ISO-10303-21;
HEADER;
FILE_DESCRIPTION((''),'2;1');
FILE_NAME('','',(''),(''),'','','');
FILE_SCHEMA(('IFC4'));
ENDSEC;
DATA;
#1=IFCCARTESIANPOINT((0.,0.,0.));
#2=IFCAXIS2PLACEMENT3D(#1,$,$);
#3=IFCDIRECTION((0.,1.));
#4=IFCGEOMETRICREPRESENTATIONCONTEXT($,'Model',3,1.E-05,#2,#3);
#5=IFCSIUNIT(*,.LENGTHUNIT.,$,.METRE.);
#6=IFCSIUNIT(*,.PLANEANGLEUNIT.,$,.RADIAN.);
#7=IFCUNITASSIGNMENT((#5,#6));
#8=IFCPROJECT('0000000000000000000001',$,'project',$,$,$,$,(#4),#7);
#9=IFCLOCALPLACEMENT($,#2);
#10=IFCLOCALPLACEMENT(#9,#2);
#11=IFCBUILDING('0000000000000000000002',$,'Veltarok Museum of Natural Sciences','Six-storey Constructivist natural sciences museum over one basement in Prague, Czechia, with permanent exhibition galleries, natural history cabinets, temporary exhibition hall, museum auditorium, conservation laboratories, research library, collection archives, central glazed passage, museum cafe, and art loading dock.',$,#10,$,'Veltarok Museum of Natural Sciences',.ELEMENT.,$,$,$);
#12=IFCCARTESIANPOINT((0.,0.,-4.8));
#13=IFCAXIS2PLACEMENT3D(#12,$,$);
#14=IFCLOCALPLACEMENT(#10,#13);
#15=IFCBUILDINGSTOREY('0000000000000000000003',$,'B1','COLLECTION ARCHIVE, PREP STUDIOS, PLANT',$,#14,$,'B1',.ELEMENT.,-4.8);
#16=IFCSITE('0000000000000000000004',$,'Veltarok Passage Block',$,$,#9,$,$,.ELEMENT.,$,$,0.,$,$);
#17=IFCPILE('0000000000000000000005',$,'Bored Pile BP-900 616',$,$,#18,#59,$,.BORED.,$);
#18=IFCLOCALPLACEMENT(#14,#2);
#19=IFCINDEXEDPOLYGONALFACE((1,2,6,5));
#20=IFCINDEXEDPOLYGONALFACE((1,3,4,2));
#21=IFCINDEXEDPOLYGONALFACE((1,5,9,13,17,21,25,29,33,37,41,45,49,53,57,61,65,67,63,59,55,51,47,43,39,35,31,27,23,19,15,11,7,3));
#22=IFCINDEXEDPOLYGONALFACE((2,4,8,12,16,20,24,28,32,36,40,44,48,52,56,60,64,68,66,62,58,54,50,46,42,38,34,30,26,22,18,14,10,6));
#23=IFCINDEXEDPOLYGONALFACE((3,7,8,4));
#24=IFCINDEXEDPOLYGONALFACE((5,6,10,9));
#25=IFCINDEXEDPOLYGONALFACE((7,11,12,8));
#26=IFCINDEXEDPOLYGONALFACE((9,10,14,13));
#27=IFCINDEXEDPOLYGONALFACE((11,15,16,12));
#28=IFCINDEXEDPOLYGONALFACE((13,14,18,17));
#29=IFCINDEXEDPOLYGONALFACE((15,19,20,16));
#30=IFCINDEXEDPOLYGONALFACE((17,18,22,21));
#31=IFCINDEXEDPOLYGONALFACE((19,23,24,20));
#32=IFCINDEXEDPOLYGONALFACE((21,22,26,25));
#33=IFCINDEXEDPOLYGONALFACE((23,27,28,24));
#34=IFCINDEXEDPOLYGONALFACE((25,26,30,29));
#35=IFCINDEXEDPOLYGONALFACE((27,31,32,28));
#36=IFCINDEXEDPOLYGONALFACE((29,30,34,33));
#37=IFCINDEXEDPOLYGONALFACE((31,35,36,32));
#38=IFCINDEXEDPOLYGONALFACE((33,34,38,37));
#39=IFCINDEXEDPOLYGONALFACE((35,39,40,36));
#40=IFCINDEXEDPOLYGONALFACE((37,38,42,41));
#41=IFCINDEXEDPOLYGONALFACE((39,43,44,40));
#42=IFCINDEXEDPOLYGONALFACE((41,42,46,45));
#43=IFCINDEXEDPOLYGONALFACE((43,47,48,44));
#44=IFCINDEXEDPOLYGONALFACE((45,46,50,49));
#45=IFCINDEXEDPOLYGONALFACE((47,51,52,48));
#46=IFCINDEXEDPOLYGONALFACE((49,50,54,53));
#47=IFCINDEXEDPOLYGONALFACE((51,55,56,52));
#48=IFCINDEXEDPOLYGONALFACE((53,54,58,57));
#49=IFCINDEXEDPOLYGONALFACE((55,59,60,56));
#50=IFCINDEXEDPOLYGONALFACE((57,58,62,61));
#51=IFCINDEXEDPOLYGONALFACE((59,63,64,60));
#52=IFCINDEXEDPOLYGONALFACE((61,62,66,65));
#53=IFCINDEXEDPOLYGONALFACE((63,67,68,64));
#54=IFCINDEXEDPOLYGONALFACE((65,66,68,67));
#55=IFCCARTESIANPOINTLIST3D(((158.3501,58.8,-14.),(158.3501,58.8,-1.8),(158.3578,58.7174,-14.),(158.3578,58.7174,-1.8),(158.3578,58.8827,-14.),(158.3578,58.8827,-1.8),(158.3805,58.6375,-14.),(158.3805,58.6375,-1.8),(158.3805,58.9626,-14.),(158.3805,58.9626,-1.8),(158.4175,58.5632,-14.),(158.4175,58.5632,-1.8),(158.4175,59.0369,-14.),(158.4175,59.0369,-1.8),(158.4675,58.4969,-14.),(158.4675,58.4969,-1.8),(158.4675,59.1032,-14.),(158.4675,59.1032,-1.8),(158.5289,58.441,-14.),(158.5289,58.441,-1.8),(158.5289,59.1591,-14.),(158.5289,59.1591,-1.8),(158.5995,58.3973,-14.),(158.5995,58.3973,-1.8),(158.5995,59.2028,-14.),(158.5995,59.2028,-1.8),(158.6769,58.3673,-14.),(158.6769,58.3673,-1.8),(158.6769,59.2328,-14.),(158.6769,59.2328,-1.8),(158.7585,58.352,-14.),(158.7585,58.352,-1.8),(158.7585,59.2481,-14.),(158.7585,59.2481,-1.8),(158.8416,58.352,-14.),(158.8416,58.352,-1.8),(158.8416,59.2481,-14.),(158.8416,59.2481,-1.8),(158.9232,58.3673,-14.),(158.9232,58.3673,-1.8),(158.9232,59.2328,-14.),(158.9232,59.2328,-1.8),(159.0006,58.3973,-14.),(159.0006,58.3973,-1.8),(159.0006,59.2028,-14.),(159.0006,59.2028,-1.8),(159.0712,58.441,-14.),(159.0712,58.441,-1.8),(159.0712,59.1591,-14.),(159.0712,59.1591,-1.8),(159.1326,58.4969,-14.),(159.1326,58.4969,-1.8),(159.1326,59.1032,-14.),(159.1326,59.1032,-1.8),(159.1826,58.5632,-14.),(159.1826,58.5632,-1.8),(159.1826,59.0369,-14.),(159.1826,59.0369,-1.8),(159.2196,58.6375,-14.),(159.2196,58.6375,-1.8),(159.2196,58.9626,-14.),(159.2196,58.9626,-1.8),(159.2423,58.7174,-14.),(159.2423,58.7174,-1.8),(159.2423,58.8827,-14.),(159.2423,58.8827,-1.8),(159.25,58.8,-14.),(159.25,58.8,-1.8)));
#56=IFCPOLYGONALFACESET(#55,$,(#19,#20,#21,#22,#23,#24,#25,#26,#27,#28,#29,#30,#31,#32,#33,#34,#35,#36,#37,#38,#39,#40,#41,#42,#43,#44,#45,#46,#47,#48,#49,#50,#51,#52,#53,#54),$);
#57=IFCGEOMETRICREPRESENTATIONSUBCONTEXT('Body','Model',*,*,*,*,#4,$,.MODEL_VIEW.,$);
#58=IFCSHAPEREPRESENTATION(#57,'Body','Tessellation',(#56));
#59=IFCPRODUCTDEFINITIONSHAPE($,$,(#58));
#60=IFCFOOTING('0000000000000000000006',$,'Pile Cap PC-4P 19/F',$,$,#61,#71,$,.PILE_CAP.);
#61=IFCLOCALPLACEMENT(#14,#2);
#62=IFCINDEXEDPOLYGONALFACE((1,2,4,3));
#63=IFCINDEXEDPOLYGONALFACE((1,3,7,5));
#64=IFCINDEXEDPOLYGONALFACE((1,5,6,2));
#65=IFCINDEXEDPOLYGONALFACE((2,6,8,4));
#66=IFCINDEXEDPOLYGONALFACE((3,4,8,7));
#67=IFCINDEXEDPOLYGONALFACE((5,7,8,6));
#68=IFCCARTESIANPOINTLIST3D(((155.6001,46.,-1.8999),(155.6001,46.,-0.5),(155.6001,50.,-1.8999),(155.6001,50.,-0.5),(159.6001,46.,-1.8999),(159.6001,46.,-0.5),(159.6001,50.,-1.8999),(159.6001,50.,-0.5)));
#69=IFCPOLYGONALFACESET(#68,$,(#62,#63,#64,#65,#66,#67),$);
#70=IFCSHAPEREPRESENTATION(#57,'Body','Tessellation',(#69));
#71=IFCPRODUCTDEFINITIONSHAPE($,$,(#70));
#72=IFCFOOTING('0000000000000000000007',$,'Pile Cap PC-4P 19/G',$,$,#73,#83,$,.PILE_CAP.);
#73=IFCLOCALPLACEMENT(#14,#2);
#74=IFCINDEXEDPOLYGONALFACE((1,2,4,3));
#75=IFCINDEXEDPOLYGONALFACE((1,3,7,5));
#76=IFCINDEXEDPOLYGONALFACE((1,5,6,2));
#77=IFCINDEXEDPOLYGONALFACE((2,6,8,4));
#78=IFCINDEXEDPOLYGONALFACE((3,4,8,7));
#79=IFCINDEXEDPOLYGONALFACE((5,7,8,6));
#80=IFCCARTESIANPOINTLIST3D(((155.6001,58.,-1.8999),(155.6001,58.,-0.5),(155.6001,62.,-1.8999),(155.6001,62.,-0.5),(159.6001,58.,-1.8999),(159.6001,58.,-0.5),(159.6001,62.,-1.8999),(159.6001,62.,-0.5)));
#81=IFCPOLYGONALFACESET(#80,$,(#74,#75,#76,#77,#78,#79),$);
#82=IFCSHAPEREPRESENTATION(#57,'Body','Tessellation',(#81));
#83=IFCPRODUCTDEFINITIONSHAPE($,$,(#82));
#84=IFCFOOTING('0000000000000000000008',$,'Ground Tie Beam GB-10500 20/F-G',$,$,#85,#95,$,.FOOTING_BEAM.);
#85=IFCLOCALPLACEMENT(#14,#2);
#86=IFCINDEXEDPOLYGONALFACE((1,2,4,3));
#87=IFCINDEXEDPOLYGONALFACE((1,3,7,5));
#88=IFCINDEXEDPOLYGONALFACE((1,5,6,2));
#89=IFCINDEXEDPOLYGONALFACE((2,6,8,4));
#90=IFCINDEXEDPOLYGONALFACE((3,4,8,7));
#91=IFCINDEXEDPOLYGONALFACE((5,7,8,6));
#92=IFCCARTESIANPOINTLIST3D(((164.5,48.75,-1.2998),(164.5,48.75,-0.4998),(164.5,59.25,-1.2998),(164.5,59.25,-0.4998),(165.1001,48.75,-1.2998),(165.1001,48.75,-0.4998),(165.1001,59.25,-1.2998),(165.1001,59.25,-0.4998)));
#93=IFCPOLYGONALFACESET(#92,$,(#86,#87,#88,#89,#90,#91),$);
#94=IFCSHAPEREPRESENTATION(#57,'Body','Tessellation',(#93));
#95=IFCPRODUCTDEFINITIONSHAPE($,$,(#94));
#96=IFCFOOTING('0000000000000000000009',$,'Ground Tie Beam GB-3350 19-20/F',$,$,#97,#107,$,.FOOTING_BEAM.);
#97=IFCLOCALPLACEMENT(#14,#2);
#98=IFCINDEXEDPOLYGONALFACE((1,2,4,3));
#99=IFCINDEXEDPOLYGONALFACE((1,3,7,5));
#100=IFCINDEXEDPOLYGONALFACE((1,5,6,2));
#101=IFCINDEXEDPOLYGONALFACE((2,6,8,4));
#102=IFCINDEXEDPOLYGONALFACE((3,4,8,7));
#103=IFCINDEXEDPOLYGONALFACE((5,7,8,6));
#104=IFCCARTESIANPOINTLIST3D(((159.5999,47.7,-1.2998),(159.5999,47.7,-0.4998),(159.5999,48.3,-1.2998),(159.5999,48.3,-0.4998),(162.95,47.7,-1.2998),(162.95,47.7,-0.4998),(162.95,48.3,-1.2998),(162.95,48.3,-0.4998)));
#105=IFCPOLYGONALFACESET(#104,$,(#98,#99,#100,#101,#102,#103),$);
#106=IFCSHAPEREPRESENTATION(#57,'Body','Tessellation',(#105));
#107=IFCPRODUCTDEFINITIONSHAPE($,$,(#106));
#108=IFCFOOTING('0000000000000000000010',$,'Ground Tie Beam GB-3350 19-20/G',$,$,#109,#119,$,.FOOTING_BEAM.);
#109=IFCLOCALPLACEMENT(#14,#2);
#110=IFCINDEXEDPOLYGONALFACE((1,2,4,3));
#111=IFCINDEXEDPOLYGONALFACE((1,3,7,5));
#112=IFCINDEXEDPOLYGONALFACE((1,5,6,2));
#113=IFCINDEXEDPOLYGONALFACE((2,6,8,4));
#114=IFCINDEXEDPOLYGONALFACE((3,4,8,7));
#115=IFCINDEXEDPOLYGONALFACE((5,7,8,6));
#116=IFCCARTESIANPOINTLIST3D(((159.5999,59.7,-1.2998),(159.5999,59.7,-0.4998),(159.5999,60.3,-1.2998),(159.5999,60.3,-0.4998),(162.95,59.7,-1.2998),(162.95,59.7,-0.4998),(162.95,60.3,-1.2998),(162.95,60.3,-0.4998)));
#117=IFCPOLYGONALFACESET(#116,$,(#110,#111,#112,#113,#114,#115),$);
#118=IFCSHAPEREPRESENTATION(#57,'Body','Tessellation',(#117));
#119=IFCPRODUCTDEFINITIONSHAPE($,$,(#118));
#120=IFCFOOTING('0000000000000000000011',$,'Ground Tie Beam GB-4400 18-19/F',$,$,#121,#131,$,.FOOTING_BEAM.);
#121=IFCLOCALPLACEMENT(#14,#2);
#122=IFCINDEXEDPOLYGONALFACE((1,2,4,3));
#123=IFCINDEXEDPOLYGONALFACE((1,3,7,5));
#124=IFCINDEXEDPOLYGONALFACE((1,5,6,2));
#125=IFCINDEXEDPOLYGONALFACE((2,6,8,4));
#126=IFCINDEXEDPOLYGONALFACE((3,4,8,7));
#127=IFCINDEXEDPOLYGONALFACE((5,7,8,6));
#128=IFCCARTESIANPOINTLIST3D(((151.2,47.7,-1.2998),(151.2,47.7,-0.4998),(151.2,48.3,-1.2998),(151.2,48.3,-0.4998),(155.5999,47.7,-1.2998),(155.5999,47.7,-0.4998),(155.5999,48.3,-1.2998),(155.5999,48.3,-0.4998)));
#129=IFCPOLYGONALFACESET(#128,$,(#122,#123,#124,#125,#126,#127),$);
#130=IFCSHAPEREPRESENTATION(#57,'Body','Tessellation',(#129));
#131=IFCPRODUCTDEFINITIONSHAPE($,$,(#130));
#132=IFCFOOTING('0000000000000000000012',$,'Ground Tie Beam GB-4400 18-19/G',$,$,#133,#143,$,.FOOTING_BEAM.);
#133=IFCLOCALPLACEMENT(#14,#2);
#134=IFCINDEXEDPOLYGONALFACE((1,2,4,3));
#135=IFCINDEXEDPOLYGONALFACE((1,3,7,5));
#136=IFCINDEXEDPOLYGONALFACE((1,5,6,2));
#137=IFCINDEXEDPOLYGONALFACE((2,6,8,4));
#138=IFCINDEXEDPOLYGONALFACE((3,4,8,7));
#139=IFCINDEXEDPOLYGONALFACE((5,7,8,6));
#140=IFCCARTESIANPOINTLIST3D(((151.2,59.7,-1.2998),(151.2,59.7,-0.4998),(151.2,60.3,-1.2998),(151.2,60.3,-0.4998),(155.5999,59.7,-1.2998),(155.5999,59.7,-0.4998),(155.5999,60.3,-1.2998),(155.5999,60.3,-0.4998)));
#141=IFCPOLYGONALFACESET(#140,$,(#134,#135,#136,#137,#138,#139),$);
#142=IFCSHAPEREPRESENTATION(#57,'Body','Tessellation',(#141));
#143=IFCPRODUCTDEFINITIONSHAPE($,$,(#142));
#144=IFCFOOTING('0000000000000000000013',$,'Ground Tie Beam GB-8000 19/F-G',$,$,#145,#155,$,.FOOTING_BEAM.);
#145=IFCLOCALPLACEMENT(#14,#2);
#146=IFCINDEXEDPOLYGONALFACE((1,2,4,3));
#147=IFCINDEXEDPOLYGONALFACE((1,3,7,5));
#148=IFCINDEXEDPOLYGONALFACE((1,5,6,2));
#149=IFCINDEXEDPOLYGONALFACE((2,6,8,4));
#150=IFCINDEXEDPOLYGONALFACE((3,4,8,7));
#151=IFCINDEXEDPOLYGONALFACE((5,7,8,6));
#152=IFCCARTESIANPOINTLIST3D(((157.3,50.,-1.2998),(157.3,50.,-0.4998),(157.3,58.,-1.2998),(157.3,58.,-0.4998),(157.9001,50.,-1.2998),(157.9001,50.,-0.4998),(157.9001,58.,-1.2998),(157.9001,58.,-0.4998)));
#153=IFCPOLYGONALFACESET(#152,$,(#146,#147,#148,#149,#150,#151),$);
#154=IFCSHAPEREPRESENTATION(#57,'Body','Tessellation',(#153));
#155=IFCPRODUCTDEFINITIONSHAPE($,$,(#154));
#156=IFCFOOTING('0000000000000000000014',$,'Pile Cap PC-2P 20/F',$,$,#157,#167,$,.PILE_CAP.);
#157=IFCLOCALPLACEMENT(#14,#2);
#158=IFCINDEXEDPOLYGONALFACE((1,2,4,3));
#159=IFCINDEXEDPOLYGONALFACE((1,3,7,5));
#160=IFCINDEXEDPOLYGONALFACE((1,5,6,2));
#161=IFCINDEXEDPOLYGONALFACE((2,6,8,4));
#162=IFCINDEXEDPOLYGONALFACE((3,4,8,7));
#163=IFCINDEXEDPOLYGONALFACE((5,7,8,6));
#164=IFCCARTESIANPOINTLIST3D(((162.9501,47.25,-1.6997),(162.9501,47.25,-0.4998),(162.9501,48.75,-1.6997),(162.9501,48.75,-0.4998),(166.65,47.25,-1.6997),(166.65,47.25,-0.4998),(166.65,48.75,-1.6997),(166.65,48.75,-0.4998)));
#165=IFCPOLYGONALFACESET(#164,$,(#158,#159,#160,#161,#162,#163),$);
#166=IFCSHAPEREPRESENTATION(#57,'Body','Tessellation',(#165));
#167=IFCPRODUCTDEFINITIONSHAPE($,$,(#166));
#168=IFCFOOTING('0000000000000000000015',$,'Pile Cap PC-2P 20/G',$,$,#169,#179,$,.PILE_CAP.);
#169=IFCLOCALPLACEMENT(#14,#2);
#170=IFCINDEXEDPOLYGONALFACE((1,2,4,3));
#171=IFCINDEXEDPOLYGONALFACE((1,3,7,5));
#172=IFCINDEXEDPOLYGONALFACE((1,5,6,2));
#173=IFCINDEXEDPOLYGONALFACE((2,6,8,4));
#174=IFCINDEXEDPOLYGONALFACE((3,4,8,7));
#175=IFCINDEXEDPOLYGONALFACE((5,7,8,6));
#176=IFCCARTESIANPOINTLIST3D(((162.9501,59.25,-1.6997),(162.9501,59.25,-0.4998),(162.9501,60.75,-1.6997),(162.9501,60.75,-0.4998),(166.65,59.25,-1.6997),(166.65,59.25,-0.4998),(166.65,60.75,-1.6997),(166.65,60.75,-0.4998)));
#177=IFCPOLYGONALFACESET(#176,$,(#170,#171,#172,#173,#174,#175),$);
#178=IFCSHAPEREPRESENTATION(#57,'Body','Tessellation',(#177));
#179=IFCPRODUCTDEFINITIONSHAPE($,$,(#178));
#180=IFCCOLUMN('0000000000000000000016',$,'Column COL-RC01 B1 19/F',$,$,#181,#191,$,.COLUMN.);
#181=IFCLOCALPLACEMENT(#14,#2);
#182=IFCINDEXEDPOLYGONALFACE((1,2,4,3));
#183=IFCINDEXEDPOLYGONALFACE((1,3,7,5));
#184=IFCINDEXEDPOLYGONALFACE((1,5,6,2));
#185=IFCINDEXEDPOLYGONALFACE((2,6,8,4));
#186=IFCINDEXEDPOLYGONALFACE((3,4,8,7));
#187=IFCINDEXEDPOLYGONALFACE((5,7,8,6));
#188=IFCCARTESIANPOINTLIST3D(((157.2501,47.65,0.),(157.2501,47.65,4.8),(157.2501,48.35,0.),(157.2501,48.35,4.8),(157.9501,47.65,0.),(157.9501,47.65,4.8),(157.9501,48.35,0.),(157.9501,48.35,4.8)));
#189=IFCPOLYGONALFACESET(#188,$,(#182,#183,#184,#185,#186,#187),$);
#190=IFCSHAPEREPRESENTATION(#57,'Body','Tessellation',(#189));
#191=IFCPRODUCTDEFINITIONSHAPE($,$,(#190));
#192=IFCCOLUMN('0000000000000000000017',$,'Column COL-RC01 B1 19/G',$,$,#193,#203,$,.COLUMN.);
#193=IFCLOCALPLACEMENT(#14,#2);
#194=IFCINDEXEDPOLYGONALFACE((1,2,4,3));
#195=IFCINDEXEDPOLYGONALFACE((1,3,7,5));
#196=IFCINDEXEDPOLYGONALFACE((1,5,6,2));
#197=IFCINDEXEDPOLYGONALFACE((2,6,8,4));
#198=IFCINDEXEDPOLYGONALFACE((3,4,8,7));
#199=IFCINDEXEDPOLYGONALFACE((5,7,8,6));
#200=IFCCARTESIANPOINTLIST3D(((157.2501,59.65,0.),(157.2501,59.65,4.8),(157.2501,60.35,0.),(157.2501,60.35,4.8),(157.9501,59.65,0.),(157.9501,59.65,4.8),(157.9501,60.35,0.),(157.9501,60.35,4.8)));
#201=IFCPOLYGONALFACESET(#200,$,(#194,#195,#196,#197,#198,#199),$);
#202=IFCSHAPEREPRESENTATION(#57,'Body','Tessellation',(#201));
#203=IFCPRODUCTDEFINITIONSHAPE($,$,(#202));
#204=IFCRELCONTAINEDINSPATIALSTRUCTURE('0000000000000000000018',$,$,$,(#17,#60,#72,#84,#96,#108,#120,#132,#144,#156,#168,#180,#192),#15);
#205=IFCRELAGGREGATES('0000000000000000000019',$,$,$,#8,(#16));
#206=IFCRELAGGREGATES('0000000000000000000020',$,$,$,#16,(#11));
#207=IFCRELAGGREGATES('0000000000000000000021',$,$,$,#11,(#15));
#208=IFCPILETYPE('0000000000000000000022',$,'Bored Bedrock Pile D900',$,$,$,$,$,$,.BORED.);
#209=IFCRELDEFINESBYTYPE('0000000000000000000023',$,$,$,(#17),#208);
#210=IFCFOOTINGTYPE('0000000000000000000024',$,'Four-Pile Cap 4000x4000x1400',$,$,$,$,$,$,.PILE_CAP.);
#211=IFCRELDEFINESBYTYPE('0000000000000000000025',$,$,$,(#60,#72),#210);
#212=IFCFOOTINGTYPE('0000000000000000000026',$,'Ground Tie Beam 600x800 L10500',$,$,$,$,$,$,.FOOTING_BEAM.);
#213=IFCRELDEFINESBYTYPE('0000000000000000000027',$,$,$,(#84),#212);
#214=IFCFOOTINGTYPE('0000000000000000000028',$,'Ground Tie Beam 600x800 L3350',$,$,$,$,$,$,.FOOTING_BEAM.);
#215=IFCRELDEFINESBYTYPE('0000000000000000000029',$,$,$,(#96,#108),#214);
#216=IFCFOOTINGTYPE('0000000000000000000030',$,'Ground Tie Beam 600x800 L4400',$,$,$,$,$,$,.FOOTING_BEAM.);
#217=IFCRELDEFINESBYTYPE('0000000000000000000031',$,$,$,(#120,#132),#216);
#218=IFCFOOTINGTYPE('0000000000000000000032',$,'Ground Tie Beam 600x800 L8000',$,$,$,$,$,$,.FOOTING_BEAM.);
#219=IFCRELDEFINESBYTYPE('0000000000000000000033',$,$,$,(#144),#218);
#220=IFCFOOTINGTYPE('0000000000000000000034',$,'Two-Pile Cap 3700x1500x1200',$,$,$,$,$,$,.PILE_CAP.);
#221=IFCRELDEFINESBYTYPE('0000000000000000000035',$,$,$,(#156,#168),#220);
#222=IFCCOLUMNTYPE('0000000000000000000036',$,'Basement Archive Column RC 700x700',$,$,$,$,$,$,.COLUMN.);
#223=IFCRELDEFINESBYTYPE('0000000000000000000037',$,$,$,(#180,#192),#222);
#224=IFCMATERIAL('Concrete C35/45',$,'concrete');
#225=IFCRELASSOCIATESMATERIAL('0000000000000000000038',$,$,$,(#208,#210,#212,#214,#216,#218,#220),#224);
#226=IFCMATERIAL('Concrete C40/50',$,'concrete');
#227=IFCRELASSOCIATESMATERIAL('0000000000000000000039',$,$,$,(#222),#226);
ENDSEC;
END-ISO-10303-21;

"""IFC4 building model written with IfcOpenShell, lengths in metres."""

from ifc_helpers import new_model, si_unit, direction, frame, origin, origin_2d, place, context, subcontext, project, spatial, rectangle, circle, extrude, material, material_profile, profile_set, type_object, element, save


model = new_model("IFC4")

# Units and contexts
model_context = context("Model", 3, precision=1e-05, world=origin(), true_north=direction((0.0, 1.0)))
body_context = subcontext(model_context, "Body", "Model", "MODEL_VIEW")
ifc_project = project(units=[si_unit("LENGTHUNIT", "METRE"), si_unit("PLANEANGLEUNIT", "RADIAN")], contexts=[model_context])

# Site, building, storey
site_placement = place(None, origin())
site = spatial("IfcSite", under=ifc_project, at=site_placement, Name="Veltarok Passage Block", CompositionType="ELEMENT", RefElevation=0.0)
building_placement = place(site_placement, origin())
building = spatial("IfcBuilding", under=site, at=building_placement, Name="Veltarok Museum of Natural Sciences", Description="Six-storey Constructivist natural sciences museum over one basement in Prague, Czechia, with permanent exhibition galleries, natural history cabinets, temporary exhibition hall, museum auditorium, conservation laboratories, research library, collection archives, central glazed passage, museum cafe, and art loading dock.", LongName="Veltarok Museum of Natural Sciences", CompositionType="ELEMENT")
storey_placement = place(building_placement, frame((0.0, 0.0, -4.8)))
storey = spatial("IfcBuildingStorey", under=building, at=storey_placement, Name="B1", Description="COLLECTION ARCHIVE, PREP STUDIOS, PLANT", LongName="B1", CompositionType="ELEMENT", Elevation=-4.8)

# Pile
ifc_material_1 = material(Name="Concrete C35/45", Category="concrete")
ifc_material_profile_1 = material_profile(ifc_material_1, circle(Radius=0.45, at=origin_2d()), Name="BP D900")
ifc_profile_set_1 = profile_set([ifc_material_profile_1], Name="Concrete C35/45")
pile_type_1 = type_object("IfcPileType", Name="Bored Bedrock Pile D900", PredefinedType="BORED", material=ifc_profile_set_1)
for number, where, z_axis, x_axis, name in (
    (1, (158.8, 58.8, -1.8), (0.0, 0.0, -1.0), (1.0, 0.0, 0.0), "Bored Pile BP-900 616"),
):
    element("IfcPile", number, at=place(storey_placement, frame(where, z_axis=z_axis, x_axis=x_axis)), inside=storey, type_object=pile_type_1, Name=name, PredefinedType="BORED", context=body_context, shape_type="SweptSolid", body=[
        extrude(circle(Radius=0.45, at=origin_2d()), origin(), (0.0, 0.0, 1.0), 12.2),
    ])

# Footings
footing_type_1 = type_object("IfcFootingType", Name="Four-Pile Cap 4000x4000x1400", PredefinedType="PILE_CAP", material=ifc_material_1)
for number, where, z_axis, x_axis, name in (
    (2, (157.6001, 48.0, -1.8999), (0.0, 0.0, 1.0), (1.0, 0.0, 0.0), "Pile Cap PC-4P 19/F"),
    (3, (157.6001, 60.0, -1.8999), (0.0, 0.0, 1.0), (1.0, 0.0, 0.0), "Pile Cap PC-4P 19/G"),
):
    element("IfcFooting", number, at=place(storey_placement, frame(where, z_axis=z_axis, x_axis=x_axis)), inside=storey, type_object=footing_type_1, Name=name, PredefinedType="PILE_CAP", context=body_context, shape_type="SweptSolid", body=[
        extrude(rectangle(XDim=4.0, YDim=4.0, at=origin_2d()), origin(), (0.0, 0.0, 1.0), 1.3999),
    ])
footing_type_2 = type_object("IfcFootingType", Name="Ground Tie Beam 600x800 L10500", PredefinedType="FOOTING_BEAM", material=ifc_material_1)
footing_1_placement = place(storey_placement, frame((164.8, 54.0, -1.2998), z_axis=(0.0, 0.0, 1.0), x_axis=(0.0, 1.0, 0.0)))
element("IfcFooting", 4, at=footing_1_placement, inside=storey, type_object=footing_type_2, Name="Ground Tie Beam GB-10500 20/F-G", PredefinedType="FOOTING_BEAM", context=body_context, shape_type="SweptSolid", body=[
    extrude(rectangle(XDim=10.5, YDim=0.6001, at=origin_2d()), origin(), (0.0, 0.0, 1.0), 0.8),
])
footing_type_3 = type_object("IfcFootingType", Name="Ground Tie Beam 600x800 L3350", PredefinedType="FOOTING_BEAM", material=ifc_material_1)
for number, where, z_axis, x_axis, name in (
    (5, (161.2749, 48.0, -1.2998), (0.0, 0.0, 1.0), (1.0, 0.0, 0.0), "Ground Tie Beam GB-3350 19-20/F"),
    (6, (161.2749, 60.0, -1.2998), (0.0, 0.0, 1.0), (1.0, 0.0, 0.0), "Ground Tie Beam GB-3350 19-20/G"),
):
    element("IfcFooting", number, at=place(storey_placement, frame(where, z_axis=z_axis, x_axis=x_axis)), inside=storey, type_object=footing_type_3, Name=name, PredefinedType="FOOTING_BEAM", context=body_context, shape_type="SweptSolid", body=[
        extrude(rectangle(XDim=3.3501, YDim=0.6001, at=origin_2d()), origin(), (0.0, 0.0, 1.0), 0.8),
    ])
footing_type_4 = type_object("IfcFootingType", Name="Ground Tie Beam 600x800 L4400", PredefinedType="FOOTING_BEAM", material=ifc_material_1)
for number, where, z_axis, x_axis, name in (
    (7, (153.3999, 48.0, -1.2998), (0.0, 0.0, 1.0), (1.0, 0.0, 0.0), "Ground Tie Beam GB-4400 18-19/F"),
    (8, (153.3999, 60.0, -1.2998), (0.0, 0.0, 1.0), (1.0, 0.0, 0.0), "Ground Tie Beam GB-4400 18-19/G"),
):
    element("IfcFooting", number, at=place(storey_placement, frame(where, z_axis=z_axis, x_axis=x_axis)), inside=storey, type_object=footing_type_4, Name=name, PredefinedType="FOOTING_BEAM", context=body_context, shape_type="SweptSolid", body=[
        extrude(rectangle(XDim=4.3999, YDim=0.6001, at=origin_2d()), origin(), (0.0, 0.0, 1.0), 0.8),
    ])
footing_type_5 = type_object("IfcFootingType", Name="Ground Tie Beam 600x800 L8000", PredefinedType="FOOTING_BEAM", material=ifc_material_1)
footing_2_placement = place(storey_placement, frame((157.6001, 54.0, -1.2998), z_axis=(0.0, 0.0, 1.0), x_axis=(0.0, 1.0, 0.0)))
element("IfcFooting", 9, at=footing_2_placement, inside=storey, type_object=footing_type_5, Name="Ground Tie Beam GB-8000 19/F-G", PredefinedType="FOOTING_BEAM", context=body_context, shape_type="SweptSolid", body=[
    extrude(rectangle(XDim=8.0, YDim=0.6001, at=origin_2d()), origin(), (0.0, 0.0, 1.0), 0.8),
])
footing_type_6 = type_object("IfcFootingType", Name="Two-Pile Cap 3700x1500x1200", PredefinedType="PILE_CAP", material=ifc_material_1)
for number, where, z_axis, x_axis, name in (
    (10, (164.8, 48.0, -1.6997), (0.0, 0.0, 1.0), (1.0, 0.0, 0.0), "Pile Cap PC-2P 20/F"),
    (11, (164.8, 60.0, -1.6997), (0.0, 0.0, 1.0), (1.0, 0.0, 0.0), "Pile Cap PC-2P 20/G"),
):
    element("IfcFooting", number, at=place(storey_placement, frame(where, z_axis=z_axis, x_axis=x_axis)), inside=storey, type_object=footing_type_6, Name=name, PredefinedType="PILE_CAP", context=body_context, shape_type="SweptSolid", body=[
        extrude(rectangle(XDim=3.7, YDim=1.5, at=origin_2d()), origin(), (0.0, 0.0, 1.0), 1.2),
    ])

# Columns
ifc_material_2 = material(Name="Concrete C40/50", Category="concrete")
ifc_material_profile_2 = material_profile(ifc_material_2, rectangle(XDim=0.7, YDim=0.7, at=origin_2d()), Name="RC 700x700")
ifc_profile_set_2 = profile_set([ifc_material_profile_2], Name="Concrete C40/50")
column_type_1 = type_object("IfcColumnType", Name="Basement Archive Column RC 700x700", PredefinedType="COLUMN", material=ifc_profile_set_2)
for number, where, z_axis, x_axis, name in (
    (12, (157.6001, 48.0, 0.0), (0.0, 0.0, 1.0), (1.0, 0.0, 0.0), "Column COL-RC01 B1 19/F"),
    (13, (157.6001, 60.0, 0.0), (0.0, 0.0, 1.0), (1.0, 0.0, 0.0), "Column COL-RC01 B1 19/G"),
):
    element("IfcColumn", number, at=place(storey_placement, frame(where, z_axis=z_axis, x_axis=x_axis)), inside=storey, type_object=column_type_1, Name=name, PredefinedType="COLUMN", context=body_context, shape_type="SweptSolid", body=[
        extrude(rectangle(XDim=0.7, YDim=0.7, at=origin_2d()), origin(), (0.0, 0.0, 1.0), 4.8),
    ])

save(model, "model.ifc")
